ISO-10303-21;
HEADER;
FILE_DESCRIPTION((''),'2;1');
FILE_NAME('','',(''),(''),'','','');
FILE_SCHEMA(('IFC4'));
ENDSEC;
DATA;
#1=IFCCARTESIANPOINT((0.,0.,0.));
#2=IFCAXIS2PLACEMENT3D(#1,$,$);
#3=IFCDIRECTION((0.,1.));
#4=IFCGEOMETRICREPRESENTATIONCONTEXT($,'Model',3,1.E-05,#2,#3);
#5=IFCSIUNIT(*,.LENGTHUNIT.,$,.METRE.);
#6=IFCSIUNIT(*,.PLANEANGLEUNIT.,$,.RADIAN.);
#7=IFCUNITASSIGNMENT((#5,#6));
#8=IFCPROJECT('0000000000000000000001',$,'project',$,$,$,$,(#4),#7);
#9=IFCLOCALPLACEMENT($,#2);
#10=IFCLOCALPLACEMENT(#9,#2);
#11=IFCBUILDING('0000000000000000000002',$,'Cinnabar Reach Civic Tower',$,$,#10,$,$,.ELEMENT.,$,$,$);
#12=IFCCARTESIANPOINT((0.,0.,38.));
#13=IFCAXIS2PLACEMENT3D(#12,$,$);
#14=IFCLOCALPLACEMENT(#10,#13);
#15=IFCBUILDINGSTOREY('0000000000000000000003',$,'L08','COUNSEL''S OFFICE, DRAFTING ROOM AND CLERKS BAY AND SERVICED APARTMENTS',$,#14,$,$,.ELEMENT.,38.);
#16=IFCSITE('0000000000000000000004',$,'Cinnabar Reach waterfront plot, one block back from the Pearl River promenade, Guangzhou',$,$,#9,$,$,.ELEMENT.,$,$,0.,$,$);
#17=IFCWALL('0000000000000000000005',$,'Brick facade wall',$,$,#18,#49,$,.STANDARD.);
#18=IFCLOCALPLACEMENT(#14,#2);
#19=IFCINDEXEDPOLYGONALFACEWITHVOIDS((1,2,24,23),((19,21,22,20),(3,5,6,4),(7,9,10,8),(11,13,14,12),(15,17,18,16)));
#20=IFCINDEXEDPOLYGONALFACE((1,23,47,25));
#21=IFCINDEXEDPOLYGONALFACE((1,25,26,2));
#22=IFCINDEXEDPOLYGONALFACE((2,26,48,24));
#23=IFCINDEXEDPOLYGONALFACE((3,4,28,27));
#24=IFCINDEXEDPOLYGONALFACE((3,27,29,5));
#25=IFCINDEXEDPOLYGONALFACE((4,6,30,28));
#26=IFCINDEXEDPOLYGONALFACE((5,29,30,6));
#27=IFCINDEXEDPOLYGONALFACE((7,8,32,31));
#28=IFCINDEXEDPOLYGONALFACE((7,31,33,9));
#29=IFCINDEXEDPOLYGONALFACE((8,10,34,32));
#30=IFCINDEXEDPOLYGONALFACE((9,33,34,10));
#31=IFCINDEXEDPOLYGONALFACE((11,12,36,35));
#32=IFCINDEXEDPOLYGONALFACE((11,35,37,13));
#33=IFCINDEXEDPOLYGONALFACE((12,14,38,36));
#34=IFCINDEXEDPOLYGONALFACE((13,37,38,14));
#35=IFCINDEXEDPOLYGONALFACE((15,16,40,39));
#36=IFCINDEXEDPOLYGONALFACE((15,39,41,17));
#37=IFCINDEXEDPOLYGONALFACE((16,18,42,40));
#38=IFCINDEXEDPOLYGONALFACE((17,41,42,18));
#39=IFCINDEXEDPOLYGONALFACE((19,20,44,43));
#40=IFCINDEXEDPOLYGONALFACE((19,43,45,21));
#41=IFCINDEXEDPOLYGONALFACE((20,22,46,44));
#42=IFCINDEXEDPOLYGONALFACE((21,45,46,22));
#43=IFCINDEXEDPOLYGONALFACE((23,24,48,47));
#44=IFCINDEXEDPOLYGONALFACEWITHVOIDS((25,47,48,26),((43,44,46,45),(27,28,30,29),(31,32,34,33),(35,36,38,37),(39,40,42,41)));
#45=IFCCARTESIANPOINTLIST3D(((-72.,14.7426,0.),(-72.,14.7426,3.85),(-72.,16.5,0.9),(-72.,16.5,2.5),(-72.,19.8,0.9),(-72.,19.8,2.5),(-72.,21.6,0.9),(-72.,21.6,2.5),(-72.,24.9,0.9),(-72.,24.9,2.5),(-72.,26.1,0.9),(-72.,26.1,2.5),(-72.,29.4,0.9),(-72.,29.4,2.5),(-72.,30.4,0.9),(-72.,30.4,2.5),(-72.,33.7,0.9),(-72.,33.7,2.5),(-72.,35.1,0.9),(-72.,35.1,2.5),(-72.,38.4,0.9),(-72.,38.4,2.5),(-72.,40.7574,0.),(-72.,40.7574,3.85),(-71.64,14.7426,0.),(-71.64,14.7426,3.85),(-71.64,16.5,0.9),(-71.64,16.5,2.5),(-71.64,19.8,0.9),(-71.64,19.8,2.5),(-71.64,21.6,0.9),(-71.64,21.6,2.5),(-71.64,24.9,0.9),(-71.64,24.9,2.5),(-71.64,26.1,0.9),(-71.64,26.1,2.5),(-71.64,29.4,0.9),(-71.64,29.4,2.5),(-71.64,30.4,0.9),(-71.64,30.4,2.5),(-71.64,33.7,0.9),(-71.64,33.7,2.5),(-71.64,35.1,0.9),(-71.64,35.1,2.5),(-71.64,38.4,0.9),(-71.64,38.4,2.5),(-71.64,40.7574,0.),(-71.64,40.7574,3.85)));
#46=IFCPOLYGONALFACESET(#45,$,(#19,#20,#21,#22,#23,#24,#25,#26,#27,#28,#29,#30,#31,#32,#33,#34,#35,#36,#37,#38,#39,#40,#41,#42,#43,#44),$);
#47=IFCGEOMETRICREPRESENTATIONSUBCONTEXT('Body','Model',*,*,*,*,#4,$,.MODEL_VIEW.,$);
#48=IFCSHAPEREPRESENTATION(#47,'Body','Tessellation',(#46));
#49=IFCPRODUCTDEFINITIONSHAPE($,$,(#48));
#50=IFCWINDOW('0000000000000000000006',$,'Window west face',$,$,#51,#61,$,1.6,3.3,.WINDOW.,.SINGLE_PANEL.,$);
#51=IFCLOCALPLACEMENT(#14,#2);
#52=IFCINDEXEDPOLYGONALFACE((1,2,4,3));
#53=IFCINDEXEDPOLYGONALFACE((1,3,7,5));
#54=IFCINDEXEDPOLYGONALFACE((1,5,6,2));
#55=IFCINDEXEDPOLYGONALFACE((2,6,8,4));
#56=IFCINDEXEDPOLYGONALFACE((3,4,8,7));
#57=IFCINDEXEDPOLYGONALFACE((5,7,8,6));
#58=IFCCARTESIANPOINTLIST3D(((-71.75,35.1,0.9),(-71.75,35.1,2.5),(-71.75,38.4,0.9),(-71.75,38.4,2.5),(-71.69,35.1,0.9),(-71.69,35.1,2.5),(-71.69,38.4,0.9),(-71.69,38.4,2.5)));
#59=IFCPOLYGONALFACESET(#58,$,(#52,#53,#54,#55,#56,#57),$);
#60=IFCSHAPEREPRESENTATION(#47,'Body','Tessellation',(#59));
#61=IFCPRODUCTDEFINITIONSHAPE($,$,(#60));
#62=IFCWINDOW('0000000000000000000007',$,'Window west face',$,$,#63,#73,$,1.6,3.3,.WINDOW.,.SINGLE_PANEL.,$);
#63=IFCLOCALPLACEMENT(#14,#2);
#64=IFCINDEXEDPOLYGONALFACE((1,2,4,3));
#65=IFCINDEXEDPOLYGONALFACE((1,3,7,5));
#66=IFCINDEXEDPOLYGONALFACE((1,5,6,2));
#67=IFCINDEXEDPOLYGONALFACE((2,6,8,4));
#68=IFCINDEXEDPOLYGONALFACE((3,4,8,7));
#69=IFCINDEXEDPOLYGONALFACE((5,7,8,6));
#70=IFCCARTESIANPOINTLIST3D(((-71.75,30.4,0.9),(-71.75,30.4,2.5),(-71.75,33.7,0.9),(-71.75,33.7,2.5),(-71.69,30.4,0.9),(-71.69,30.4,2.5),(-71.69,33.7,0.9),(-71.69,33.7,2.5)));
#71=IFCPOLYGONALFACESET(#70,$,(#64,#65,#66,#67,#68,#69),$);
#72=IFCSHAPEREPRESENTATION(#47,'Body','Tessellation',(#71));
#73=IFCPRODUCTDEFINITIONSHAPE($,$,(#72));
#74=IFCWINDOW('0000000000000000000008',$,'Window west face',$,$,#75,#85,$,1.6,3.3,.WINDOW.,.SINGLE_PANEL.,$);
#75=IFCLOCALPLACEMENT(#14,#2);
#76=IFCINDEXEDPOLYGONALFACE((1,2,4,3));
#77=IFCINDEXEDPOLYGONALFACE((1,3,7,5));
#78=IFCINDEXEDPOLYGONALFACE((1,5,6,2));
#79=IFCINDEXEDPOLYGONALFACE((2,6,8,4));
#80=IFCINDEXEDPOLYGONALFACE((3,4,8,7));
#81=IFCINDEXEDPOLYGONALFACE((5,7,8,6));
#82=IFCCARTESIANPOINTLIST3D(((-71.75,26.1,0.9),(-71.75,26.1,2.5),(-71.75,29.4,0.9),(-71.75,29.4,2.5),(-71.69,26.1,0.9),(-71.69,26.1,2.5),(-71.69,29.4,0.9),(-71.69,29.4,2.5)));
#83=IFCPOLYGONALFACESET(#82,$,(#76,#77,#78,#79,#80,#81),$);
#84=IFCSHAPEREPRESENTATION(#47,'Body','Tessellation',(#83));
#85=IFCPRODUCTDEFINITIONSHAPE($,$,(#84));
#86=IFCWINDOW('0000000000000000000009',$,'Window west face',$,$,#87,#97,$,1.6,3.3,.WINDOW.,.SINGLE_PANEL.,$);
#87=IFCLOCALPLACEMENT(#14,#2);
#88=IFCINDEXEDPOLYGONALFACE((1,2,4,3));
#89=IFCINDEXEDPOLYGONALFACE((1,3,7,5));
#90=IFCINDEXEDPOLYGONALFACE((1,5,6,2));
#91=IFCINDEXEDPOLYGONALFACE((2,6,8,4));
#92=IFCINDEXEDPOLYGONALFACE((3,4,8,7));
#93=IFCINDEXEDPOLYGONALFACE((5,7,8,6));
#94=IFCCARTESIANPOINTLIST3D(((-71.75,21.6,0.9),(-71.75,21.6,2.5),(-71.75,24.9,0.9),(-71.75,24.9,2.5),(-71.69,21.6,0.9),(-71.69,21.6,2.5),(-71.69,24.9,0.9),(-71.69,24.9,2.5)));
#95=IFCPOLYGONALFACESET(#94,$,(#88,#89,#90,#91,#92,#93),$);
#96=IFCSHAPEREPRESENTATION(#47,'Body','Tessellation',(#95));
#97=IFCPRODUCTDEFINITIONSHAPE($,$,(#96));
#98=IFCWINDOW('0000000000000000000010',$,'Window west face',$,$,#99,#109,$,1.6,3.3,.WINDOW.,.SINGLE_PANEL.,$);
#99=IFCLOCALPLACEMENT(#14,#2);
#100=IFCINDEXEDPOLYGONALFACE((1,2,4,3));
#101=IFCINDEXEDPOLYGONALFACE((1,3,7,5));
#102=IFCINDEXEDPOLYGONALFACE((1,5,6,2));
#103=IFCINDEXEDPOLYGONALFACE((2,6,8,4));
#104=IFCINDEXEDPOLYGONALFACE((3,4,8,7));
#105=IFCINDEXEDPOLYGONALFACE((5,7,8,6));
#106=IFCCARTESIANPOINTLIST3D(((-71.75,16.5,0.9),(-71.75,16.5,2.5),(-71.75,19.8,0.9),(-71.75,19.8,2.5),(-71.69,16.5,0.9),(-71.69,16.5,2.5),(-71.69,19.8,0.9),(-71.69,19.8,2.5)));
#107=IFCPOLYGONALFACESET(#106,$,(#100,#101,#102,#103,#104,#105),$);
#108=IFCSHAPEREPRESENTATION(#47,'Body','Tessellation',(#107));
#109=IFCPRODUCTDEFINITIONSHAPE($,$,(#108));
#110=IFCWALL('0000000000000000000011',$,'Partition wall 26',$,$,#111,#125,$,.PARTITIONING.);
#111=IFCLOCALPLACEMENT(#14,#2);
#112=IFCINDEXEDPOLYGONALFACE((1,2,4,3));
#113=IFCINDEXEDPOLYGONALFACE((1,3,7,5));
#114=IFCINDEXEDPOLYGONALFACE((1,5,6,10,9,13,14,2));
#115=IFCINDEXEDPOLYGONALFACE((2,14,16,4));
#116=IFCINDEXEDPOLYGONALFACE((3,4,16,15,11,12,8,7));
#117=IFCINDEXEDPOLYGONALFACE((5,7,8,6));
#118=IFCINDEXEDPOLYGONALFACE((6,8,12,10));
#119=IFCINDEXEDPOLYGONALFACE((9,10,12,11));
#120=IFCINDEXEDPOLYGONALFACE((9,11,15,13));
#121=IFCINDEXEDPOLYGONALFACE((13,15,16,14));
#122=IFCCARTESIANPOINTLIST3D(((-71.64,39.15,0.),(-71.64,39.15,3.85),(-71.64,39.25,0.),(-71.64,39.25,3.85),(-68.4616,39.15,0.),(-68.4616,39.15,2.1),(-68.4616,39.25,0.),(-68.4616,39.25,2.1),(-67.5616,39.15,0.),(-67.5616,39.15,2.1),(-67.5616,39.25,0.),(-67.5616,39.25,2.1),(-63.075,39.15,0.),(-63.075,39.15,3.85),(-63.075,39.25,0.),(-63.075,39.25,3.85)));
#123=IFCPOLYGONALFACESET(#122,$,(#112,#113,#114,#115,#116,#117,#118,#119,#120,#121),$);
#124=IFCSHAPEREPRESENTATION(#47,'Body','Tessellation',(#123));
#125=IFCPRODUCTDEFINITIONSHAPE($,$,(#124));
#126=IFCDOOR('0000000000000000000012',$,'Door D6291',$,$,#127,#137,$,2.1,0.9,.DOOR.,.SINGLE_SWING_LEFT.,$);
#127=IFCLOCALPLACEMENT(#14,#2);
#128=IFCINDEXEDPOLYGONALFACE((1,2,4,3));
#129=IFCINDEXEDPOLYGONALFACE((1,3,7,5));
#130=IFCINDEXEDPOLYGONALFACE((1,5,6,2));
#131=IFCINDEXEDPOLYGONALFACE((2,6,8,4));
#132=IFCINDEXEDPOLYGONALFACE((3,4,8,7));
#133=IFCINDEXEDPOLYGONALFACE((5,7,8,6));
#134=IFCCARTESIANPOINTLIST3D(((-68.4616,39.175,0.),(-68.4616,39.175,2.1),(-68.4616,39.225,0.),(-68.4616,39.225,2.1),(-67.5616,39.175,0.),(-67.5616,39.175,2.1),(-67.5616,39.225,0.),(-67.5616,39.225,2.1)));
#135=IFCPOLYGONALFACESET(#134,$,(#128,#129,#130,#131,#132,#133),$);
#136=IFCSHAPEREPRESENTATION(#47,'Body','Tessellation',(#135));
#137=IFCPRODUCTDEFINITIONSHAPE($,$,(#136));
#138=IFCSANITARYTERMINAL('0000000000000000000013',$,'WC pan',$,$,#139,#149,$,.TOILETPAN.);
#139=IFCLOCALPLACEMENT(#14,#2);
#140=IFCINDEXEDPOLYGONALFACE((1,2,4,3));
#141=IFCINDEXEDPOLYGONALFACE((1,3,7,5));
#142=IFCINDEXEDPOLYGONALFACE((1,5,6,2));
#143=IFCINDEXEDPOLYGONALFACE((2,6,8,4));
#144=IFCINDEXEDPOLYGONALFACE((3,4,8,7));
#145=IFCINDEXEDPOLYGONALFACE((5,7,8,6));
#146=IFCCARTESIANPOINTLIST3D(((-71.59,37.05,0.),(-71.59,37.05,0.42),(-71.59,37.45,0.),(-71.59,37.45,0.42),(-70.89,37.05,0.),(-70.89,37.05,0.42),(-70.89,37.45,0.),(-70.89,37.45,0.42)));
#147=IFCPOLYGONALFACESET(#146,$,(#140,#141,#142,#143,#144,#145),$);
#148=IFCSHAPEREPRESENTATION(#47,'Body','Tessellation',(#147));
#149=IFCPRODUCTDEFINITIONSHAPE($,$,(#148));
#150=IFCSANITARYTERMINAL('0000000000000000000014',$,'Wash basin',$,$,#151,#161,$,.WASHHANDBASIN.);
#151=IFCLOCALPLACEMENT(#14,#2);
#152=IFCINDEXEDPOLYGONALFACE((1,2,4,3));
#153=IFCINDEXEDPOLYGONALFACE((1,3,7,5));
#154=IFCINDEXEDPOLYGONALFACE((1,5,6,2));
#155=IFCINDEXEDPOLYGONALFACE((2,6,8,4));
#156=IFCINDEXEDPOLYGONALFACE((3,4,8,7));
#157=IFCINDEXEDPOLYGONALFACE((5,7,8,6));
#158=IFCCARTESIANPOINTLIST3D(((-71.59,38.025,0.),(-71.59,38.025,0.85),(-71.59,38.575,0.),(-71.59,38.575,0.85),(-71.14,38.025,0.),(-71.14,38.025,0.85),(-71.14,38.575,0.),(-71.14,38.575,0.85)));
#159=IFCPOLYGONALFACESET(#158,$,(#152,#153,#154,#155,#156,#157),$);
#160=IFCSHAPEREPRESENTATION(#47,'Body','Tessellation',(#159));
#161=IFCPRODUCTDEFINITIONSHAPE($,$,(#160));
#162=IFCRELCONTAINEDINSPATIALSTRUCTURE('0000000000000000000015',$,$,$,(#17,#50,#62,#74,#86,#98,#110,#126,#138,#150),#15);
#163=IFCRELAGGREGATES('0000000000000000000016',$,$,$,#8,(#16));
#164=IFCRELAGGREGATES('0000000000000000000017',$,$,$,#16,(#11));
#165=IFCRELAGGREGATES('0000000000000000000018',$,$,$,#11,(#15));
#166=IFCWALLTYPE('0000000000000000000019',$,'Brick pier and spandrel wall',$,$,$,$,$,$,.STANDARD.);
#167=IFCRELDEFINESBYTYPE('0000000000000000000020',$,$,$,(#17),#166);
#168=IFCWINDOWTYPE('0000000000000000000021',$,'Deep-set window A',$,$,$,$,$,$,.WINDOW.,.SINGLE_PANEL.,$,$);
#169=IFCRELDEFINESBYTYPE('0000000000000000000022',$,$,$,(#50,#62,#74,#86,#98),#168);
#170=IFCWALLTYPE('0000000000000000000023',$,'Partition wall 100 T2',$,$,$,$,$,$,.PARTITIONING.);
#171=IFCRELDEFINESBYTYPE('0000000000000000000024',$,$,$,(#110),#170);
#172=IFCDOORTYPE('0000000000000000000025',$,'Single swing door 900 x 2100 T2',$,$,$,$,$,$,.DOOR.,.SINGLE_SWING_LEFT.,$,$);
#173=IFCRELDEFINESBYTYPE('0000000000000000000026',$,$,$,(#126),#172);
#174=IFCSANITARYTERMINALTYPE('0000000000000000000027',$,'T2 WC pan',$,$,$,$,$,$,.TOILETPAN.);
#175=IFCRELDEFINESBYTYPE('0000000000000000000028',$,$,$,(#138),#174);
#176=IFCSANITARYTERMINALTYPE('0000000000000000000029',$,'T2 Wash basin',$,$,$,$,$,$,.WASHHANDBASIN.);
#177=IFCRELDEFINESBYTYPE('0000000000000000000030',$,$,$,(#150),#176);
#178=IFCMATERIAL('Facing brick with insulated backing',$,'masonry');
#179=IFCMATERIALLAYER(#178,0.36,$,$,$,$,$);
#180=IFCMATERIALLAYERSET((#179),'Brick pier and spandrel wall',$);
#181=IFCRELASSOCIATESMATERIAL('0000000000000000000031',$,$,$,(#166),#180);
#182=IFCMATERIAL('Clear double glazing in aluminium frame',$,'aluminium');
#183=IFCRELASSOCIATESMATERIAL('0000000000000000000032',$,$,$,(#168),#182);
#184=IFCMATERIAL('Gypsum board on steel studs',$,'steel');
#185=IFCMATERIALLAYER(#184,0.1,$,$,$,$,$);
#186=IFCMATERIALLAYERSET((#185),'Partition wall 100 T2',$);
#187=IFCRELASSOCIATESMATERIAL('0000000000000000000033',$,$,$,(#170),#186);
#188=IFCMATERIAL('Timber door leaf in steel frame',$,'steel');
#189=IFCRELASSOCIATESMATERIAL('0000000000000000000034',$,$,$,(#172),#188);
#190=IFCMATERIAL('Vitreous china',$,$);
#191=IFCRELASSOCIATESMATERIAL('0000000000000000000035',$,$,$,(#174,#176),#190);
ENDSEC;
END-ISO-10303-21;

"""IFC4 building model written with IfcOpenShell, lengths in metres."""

from ifc_helpers import new_model, si_unit, direction, frame, frame_2d, origin, origin_2d, place, context, subcontext, project, spatial, rectangle, extrude, material, layer, layer_set, type_object, element, fill, save


model = new_model("IFC4")

# Units and contexts
model_context = context("Model", 3, precision=1e-05, world=origin(), true_north=direction((0.0, 1.0)))
body_context = subcontext(model_context, "Body", "Model", "MODEL_VIEW")
ifc_project = project(units=[si_unit("LENGTHUNIT", "METRE"), si_unit("PLANEANGLEUNIT", "RADIAN")], contexts=[model_context])

# Site, building, storey
site_placement = place(None, origin())
site = spatial("IfcSite", under=ifc_project, at=site_placement, Name="Cinnabar Reach waterfront plot, one block back from the Pearl River promenade, Guangzhou", CompositionType="ELEMENT", RefElevation=0.0)
building_placement = place(site_placement, origin())
building = spatial("IfcBuilding", under=site, at=building_placement, Name="Cinnabar Reach Civic Tower", CompositionType="ELEMENT")
storey_placement = place(building_placement, frame((0.0, 0.0, 38.0)))
storey = spatial("IfcBuildingStorey", under=building, at=storey_placement, Name="L08", Description="COUNSEL'S OFFICE, DRAFTING ROOM AND CLERKS BAY AND SERVICED APARTMENTS", CompositionType="ELEMENT", Elevation=38.0)

# Shared definitions
ifc_material_1 = material(Name="Facing brick with insulated backing", Category="masonry")
ifc_layer_1 = layer(ifc_material_1, 0.36)
ifc_layer_set_1 = layer_set([ifc_layer_1], Name="Brick pier and spandrel wall")
wall_type_1 = type_object("IfcWallType", Name="Brick pier and spandrel wall", PredefinedType="STANDARD", material=ifc_layer_set_1)

# Wall, openings, windows
wall_1_placement = place(storey_placement, frame((-71.82, 40.7574, 0.0), z_axis=(0.0, 0.0, 1.0), x_axis=(0.0, -1.0, 0.0)))
wall_1 = element("IfcWall", 1, at=wall_1_placement, inside=storey, type_object=wall_type_1, Name="Brick facade wall", PredefinedType="STANDARD", context=body_context, shape_type="SweptSolid", body=[
    extrude(rectangle(XDim=26.0148, YDim=0.36, at=frame_2d((13.0074, 0.0))), origin(), (0.0, 0.0, 1.0), 3.85),
])
opening_1_placement = place(wall_1_placement, frame((2.3574, 0.0, 0.9)))
opening_1 = element("IfcOpeningElement", 2, at=opening_1_placement, cuts=wall_1, PredefinedType="OPENING", context=body_context, shape_type="SweptSolid", body=[
    extrude(rectangle(XDim=3.3, YDim=1.6, at=frame_2d((1.65, 0.8))), frame((0.0, 0.19, 0.0), z_axis=(0.0, -1.0, 0.0), x_axis=(1.0, 0.0, 0.0)), (0.0, 0.0, 1.0), 0.38),
])
opening_2_placement = place(wall_1_placement, frame((7.0574, 0.0, 0.9)))
opening_2 = element("IfcOpeningElement", 3, at=opening_2_placement, cuts=wall_1, PredefinedType="OPENING", context=body_context, shape_type="SweptSolid", body=[
    extrude(rectangle(XDim=3.3, YDim=1.6, at=frame_2d((1.65, 0.8))), frame((0.0, 0.19, 0.0), z_axis=(0.0, -1.0, 0.0), x_axis=(1.0, 0.0, 0.0)), (0.0, 0.0, 1.0), 0.38),
])
opening_3_placement = place(wall_1_placement, frame((11.3574, 0.0, 0.9)))
opening_3 = element("IfcOpeningElement", 4, at=opening_3_placement, cuts=wall_1, PredefinedType="OPENING", context=body_context, shape_type="SweptSolid", body=[
    extrude(rectangle(XDim=3.3, YDim=1.6, at=frame_2d((1.65, 0.8))), frame((0.0, 0.19, 0.0), z_axis=(0.0, -1.0, 0.0), x_axis=(1.0, 0.0, 0.0)), (0.0, 0.0, 1.0), 0.38),
])
opening_4_placement = place(wall_1_placement, frame((15.8574, 0.0, 0.9)))
opening_4 = element("IfcOpeningElement", 5, at=opening_4_placement, cuts=wall_1, PredefinedType="OPENING", context=body_context, shape_type="SweptSolid", body=[
    extrude(rectangle(XDim=3.3, YDim=1.6, at=frame_2d((1.65, 0.8))), frame((0.0, 0.19, 0.0), z_axis=(0.0, -1.0, 0.0), x_axis=(1.0, 0.0, 0.0)), (0.0, 0.0, 1.0), 0.38),
])
opening_5_placement = place(wall_1_placement, frame((20.9574, 0.0, 0.9)))
opening_5 = element("IfcOpeningElement", 6, at=opening_5_placement, cuts=wall_1, PredefinedType="OPENING", context=body_context, shape_type="SweptSolid", body=[
    extrude(rectangle(XDim=3.3, YDim=1.6, at=frame_2d((1.65, 0.8))), frame((0.0, 0.19, 0.0), z_axis=(0.0, -1.0, 0.0), x_axis=(1.0, 0.0, 0.0)), (0.0, 0.0, 1.0), 0.38),
])
ifc_material_2 = material(Name="Clear double glazing in aluminium frame", Category="aluminium")
window_type = type_object("IfcWindowType", Name="Deep-set window A", PartitioningType="SINGLE_PANEL", PredefinedType="WINDOW", material=ifc_material_2)
window_1_placement = place(opening_1_placement, origin())
window_1 = element("IfcWindow", 7, at=window_1_placement, inside=storey, type_object=window_type, Name="Window west face", OverallHeight=1.6, OverallWidth=3.3, PartitioningType="SINGLE_PANEL", PredefinedType="WINDOW", context=body_context, shape_type="SweptSolid", body=[
    extrude(rectangle(XDim=3.3, YDim=1.6, at=frame_2d((1.65, 0.8))), frame((0.0, 0.13, 0.0), z_axis=(0.0, -1.0, 0.0), x_axis=(1.0, 0.0, 0.0)), (0.0, 0.0, 1.0), 0.06),
])
fill(opening_1, window_1)
window_2_placement = place(opening_2_placement, origin())
window_2 = element("IfcWindow", 8, at=window_2_placement, inside=storey, type_object=window_type, Name="Window west face", OverallHeight=1.6, OverallWidth=3.3, PartitioningType="SINGLE_PANEL", PredefinedType="WINDOW", context=body_context, shape_type="SweptSolid", body=[
    extrude(rectangle(XDim=3.3, YDim=1.6, at=frame_2d((1.65, 0.8))), frame((0.0, 0.13, 0.0), z_axis=(0.0, -1.0, 0.0), x_axis=(1.0, 0.0, 0.0)), (0.0, 0.0, 1.0), 0.06),
])
fill(opening_2, window_2)
window_3_placement = place(opening_3_placement, origin())
window_3 = element("IfcWindow", 9, at=window_3_placement, inside=storey, type_object=window_type, Name="Window west face", OverallHeight=1.6, OverallWidth=3.3, PartitioningType="SINGLE_PANEL", PredefinedType="WINDOW", context=body_context, shape_type="SweptSolid", body=[
    extrude(rectangle(XDim=3.3, YDim=1.6, at=frame_2d((1.65, 0.8))), frame((0.0, 0.13, 0.0), z_axis=(0.0, -1.0, 0.0), x_axis=(1.0, 0.0, 0.0)), (0.0, 0.0, 1.0), 0.06),
])
fill(opening_3, window_3)
window_4_placement = place(opening_4_placement, origin())
window_4 = element("IfcWindow", 10, at=window_4_placement, inside=storey, type_object=window_type, Name="Window west face", OverallHeight=1.6, OverallWidth=3.3, PartitioningType="SINGLE_PANEL", PredefinedType="WINDOW", context=body_context, shape_type="SweptSolid", body=[
    extrude(rectangle(XDim=3.3, YDim=1.6, at=frame_2d((1.65, 0.8))), frame((0.0, 0.13, 0.0), z_axis=(0.0, -1.0, 0.0), x_axis=(1.0, 0.0, 0.0)), (0.0, 0.0, 1.0), 0.06),
])
fill(opening_4, window_4)
window_5_placement = place(opening_5_placement, origin())
window_5 = element("IfcWindow", 11, at=window_5_placement, inside=storey, type_object=window_type, Name="Window west face", OverallHeight=1.6, OverallWidth=3.3, PartitioningType="SINGLE_PANEL", PredefinedType="WINDOW", context=body_context, shape_type="SweptSolid", body=[
    extrude(rectangle(XDim=3.3, YDim=1.6, at=frame_2d((1.65, 0.8))), frame((0.0, 0.13, 0.0), z_axis=(0.0, -1.0, 0.0), x_axis=(1.0, 0.0, 0.0)), (0.0, 0.0, 1.0), 0.06),
])
fill(opening_5, window_5)

# Wall, opening, door
ifc_material_3 = material(Name="Gypsum board on steel studs", Category="steel")
ifc_layer_2 = layer(ifc_material_3, 0.1)
ifc_layer_set_2 = layer_set([ifc_layer_2], Name="Partition wall 100 T2")
wall_type_2 = type_object("IfcWallType", Name="Partition wall 100 T2", PredefinedType="PARTITIONING", material=ifc_layer_set_2)
wall_2_placement = place(storey_placement, frame((-71.64, 39.2, 0.0), z_axis=(0.0, 0.0, 1.0), x_axis=(1.0, 0.0, 0.0)))
wall_2 = element("IfcWall", 12, at=wall_2_placement, inside=storey, type_object=wall_type_2, Name="Partition wall 26", PredefinedType="PARTITIONING", context=body_context, shape_type="SweptSolid", body=[
    extrude(rectangle(XDim=8.565, YDim=0.1, at=frame_2d((4.2825, 0.0))), origin(), (0.0, 0.0, 1.0), 3.85),
])
opening_6_placement = place(wall_2_placement, frame((3.1784, 0.0, 0.0)))
opening_6 = element("IfcOpeningElement", 13, at=opening_6_placement, cuts=wall_2, PredefinedType="OPENING", context=body_context, shape_type="SweptSolid", body=[
    extrude(rectangle(XDim=0.9, YDim=2.1, at=frame_2d((0.45, 1.05))), frame((0.0, 0.06, 0.0), z_axis=(0.0, -1.0, 0.0), x_axis=(1.0, 0.0, 0.0)), (0.0, 0.0, 1.0), 0.12),
])
ifc_material_4 = material(Name="Timber door leaf in steel frame", Category="steel")
door_type = type_object("IfcDoorType", Name="Single swing door 900 x 2100 T2", OperationType="SINGLE_SWING_LEFT", PredefinedType="DOOR", material=ifc_material_4)
door_placement = place(opening_6_placement, frame((0.9, 0.0, 0.0), z_axis=(0.0, 0.0, 1.0), x_axis=(-1.0, 0.0, 0.0)))
door = element("IfcDoor", 14, at=door_placement, inside=storey, type_object=door_type, Name="Door D6291", OperationType="SINGLE_SWING_LEFT", OverallHeight=2.1, OverallWidth=0.9, PredefinedType="DOOR", context=body_context, shape_type="SweptSolid", body=[
    extrude(rectangle(XDim=0.9, YDim=2.1, at=frame_2d((0.45, 1.05))), frame((0.0, 0.025, 0.0), z_axis=(0.0, -1.0, 0.0), x_axis=(1.0, 0.0, 0.0)), (0.0, 0.0, 1.0), 0.05),
])
fill(opening_6, door)

# Sanitary terminals
ifc_material_5 = material(Name="Vitreous china")
sanitary_terminal_type_1 = type_object("IfcSanitaryTerminalType", Name="T2 WC pan", PredefinedType="TOILETPAN", material=ifc_material_5)
sanitary_terminal_1_placement = place(storey_placement, frame((-71.24, 37.25, 0.0), z_axis=(0.0, 0.0, 1.0), x_axis=(1.0, 0.0, 0.0)))
element("IfcSanitaryTerminal", 15, at=sanitary_terminal_1_placement, inside=storey, type_object=sanitary_terminal_type_1, Name="WC pan", PredefinedType="TOILETPAN", context=body_context, shape_type="SweptSolid", body=[
    extrude(rectangle(XDim=0.7, YDim=0.4, at=origin_2d()), origin(), (0.0, 0.0, 1.0), 0.42),
])
sanitary_terminal_type_2 = type_object("IfcSanitaryTerminalType", Name="T2 Wash basin", PredefinedType="WASHHANDBASIN", material=ifc_material_5)
sanitary_terminal_2_placement = place(storey_placement, frame((-71.365, 38.3, 0.0), z_axis=(0.0, 0.0, 1.0), x_axis=(1.0, 0.0, 0.0)))
element("IfcSanitaryTerminal", 16, at=sanitary_terminal_2_placement, inside=storey, type_object=sanitary_terminal_type_2, Name="Wash basin", PredefinedType="WASHHANDBASIN", context=body_context, shape_type="SweptSolid", body=[
    extrude(rectangle(XDim=0.45, YDim=0.55, at=origin_2d()), origin(), (0.0, 0.0, 1.0), 0.85),
])

save(model, "model.ifc")
